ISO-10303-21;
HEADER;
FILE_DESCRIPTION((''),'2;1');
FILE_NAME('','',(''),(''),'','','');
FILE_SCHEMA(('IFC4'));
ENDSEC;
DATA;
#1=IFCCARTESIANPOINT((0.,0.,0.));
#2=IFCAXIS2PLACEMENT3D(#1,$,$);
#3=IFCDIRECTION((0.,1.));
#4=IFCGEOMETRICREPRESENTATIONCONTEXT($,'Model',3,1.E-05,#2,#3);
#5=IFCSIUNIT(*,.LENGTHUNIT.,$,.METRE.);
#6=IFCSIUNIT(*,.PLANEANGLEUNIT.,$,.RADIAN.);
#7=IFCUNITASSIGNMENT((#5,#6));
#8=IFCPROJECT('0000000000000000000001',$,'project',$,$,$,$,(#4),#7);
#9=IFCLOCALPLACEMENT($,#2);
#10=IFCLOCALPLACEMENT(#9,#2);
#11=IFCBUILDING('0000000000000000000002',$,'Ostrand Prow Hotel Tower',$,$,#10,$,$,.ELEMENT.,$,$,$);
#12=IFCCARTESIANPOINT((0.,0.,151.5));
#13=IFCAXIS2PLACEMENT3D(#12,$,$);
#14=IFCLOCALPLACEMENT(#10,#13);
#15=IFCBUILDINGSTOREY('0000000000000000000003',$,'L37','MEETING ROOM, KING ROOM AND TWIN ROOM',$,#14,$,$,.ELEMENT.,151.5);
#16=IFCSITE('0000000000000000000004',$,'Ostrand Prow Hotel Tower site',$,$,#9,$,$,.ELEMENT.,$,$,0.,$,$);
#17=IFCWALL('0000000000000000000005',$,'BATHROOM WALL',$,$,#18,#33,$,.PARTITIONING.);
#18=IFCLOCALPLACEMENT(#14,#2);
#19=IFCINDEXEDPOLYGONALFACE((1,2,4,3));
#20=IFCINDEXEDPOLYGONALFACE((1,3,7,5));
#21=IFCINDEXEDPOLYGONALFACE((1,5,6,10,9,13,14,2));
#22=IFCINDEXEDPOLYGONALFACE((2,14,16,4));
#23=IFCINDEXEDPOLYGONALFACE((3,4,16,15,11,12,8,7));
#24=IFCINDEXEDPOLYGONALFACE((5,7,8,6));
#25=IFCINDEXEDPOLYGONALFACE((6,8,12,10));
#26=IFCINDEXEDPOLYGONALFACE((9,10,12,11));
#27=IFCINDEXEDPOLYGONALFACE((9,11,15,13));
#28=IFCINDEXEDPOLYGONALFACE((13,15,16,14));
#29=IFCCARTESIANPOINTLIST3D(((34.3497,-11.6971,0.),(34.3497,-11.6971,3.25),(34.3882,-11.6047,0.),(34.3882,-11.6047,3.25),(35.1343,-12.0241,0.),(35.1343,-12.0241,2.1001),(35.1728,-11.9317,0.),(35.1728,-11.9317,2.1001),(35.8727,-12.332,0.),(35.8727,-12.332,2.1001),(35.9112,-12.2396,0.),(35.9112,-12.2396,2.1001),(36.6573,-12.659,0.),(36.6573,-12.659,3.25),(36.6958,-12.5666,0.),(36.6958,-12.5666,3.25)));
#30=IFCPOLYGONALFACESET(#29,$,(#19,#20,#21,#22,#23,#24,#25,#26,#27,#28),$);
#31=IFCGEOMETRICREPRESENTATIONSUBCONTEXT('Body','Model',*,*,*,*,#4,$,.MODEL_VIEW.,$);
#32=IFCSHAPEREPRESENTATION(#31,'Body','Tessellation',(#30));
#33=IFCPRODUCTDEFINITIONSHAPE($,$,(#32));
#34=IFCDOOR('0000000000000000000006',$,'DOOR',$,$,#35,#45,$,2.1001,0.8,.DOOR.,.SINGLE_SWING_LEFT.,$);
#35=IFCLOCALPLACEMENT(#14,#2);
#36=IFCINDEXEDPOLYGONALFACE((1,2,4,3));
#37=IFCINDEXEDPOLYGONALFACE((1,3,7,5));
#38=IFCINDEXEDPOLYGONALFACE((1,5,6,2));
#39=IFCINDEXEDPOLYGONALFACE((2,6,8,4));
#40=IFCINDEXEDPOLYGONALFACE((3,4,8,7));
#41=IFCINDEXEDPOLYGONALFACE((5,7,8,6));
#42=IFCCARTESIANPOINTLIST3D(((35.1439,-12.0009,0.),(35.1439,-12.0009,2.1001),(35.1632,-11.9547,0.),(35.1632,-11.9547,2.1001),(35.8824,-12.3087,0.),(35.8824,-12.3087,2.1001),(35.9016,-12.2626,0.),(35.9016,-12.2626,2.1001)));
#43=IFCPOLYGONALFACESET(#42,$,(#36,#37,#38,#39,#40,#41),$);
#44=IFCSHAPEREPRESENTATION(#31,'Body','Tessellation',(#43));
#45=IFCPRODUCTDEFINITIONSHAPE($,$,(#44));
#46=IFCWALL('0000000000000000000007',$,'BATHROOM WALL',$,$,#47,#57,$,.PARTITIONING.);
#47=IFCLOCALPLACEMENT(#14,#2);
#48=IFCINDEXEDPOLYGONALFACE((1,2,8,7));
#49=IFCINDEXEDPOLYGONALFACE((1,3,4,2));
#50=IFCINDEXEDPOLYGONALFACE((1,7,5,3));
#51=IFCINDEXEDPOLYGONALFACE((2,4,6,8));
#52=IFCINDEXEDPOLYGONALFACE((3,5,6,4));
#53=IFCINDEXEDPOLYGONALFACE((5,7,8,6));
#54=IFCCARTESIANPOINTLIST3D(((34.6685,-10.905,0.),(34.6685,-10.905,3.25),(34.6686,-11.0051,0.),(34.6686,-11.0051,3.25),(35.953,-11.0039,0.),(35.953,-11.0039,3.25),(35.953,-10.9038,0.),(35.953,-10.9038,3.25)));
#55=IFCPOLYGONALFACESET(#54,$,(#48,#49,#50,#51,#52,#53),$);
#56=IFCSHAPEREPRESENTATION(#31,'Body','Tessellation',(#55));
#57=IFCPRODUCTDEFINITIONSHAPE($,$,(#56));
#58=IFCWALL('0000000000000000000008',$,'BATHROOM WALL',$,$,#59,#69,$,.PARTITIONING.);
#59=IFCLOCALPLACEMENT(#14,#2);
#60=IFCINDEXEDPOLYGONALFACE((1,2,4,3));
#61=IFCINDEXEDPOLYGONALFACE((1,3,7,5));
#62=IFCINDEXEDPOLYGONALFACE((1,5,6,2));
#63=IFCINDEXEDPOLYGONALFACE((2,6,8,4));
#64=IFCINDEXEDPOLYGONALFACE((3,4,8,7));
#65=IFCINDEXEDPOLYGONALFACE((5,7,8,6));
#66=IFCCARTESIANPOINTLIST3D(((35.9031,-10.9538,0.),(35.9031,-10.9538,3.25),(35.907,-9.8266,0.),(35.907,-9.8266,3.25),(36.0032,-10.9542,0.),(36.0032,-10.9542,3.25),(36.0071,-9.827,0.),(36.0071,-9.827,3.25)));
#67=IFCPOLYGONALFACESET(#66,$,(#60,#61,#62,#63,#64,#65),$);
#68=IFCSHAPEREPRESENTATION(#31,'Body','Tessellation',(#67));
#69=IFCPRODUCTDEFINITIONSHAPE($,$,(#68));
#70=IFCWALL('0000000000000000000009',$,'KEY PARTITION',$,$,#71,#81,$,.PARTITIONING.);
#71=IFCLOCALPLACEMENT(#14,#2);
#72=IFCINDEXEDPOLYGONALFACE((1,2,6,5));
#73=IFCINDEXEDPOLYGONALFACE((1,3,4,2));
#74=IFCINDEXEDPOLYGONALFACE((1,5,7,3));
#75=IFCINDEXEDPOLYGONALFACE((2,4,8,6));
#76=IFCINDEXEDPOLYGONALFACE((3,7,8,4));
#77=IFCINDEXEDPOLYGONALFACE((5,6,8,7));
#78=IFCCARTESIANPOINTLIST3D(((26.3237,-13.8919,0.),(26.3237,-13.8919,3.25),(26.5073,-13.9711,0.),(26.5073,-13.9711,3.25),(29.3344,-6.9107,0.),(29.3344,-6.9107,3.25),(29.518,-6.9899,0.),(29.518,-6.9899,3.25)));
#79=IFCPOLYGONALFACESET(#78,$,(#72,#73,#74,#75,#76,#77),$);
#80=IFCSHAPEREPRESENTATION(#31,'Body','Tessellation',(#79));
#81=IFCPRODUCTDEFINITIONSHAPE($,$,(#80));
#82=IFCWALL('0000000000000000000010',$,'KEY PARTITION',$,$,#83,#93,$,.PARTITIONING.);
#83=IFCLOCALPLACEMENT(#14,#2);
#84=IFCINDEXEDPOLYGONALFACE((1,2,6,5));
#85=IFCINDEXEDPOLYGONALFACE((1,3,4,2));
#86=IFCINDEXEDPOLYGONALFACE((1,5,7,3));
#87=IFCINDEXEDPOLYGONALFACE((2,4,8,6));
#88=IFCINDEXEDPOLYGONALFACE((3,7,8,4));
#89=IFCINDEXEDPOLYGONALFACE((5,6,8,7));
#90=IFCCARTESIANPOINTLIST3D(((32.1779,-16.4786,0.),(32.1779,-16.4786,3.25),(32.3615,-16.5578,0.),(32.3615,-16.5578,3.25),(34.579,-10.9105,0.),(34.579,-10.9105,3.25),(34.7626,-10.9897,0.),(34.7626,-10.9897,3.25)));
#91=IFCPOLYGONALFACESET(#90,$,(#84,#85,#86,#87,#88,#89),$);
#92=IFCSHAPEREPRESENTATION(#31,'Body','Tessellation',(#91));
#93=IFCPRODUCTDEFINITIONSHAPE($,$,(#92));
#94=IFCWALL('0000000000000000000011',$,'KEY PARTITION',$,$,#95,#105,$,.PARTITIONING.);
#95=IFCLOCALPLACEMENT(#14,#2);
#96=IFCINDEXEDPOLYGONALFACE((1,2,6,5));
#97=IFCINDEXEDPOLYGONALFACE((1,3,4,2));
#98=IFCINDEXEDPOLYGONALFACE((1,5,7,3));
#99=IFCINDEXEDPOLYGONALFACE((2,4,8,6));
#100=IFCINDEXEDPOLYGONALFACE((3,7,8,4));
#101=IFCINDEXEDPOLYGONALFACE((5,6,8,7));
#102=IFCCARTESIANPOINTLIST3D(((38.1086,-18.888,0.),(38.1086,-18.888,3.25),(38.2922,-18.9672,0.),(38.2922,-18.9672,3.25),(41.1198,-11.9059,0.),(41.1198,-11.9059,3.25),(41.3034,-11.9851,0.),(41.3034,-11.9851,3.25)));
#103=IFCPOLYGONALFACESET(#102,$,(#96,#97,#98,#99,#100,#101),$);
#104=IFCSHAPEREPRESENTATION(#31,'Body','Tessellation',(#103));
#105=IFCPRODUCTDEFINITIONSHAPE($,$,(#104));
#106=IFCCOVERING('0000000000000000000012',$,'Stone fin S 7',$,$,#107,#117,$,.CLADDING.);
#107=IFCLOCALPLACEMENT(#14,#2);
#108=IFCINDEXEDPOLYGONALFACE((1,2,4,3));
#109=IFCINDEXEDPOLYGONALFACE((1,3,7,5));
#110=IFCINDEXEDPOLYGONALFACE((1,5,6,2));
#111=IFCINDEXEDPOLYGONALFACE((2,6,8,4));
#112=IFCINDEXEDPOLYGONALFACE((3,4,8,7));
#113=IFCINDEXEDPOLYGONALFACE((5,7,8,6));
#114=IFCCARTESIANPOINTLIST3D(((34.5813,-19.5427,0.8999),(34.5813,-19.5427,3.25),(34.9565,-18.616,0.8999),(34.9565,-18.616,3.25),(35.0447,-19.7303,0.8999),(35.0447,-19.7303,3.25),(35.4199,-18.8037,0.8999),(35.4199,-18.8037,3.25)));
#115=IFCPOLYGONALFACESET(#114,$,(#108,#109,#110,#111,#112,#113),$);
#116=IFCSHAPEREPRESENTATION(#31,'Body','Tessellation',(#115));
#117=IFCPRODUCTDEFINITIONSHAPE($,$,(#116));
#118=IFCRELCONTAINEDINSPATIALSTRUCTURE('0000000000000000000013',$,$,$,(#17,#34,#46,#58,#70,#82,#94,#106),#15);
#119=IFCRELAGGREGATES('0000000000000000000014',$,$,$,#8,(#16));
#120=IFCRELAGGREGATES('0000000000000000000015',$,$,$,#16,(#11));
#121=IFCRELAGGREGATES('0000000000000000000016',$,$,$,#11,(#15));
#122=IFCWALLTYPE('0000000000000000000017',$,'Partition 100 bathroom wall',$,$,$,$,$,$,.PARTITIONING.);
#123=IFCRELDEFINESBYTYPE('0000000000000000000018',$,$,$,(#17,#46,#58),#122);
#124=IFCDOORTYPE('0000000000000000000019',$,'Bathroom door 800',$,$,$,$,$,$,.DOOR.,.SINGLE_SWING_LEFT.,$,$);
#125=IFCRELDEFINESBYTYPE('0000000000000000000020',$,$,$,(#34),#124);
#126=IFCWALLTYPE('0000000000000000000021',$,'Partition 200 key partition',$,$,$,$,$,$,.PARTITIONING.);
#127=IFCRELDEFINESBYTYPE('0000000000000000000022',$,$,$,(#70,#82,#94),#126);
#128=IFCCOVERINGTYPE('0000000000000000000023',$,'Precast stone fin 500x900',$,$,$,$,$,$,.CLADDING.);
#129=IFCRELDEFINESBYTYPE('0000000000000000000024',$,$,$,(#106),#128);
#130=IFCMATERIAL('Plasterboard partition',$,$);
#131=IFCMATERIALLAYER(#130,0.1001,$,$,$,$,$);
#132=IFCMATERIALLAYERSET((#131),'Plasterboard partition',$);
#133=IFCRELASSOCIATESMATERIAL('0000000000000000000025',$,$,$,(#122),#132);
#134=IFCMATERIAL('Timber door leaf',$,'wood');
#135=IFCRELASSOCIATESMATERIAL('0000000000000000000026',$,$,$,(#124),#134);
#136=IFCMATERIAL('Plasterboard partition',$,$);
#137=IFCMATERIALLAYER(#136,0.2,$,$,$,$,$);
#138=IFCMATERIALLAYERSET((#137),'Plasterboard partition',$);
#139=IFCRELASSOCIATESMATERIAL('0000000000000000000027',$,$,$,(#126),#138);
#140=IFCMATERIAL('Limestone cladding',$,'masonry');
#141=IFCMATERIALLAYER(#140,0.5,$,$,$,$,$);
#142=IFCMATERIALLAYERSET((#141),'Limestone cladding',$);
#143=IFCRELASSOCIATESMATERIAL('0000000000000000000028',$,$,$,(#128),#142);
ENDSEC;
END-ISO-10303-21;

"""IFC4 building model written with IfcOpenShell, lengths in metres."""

from ifc_helpers import new_model, si_unit, direction, frame, frame_2d, origin, place, context, subcontext, project, spatial, rectangle, extrude, material, layer, layer_set, type_object, element, fill, save


model = new_model("IFC4")

# Units and contexts
model_context = context("Model", 3, precision=1e-05, world=origin(), true_north=direction((0.0, 1.0)))
body_context = subcontext(model_context, "Body", "Model", "MODEL_VIEW")
ifc_project = project(units=[si_unit("LENGTHUNIT", "METRE"), si_unit("PLANEANGLEUNIT", "RADIAN")], contexts=[model_context])

# Site, building, storey
site_placement = place(None, origin())
site = spatial("IfcSite", under=ifc_project, at=site_placement, Name="Ostrand Prow Hotel Tower site", CompositionType="ELEMENT", RefElevation=0.0)
building_placement = place(site_placement, origin())
building = spatial("IfcBuilding", under=site, at=building_placement, Name="Ostrand Prow Hotel Tower", CompositionType="ELEMENT")
storey_placement = place(building_placement, frame((0.0, 0.0, 151.5)))
storey = spatial("IfcBuildingStorey", under=building, at=storey_placement, Name="L37", Description="MEETING ROOM, KING ROOM AND TWIN ROOM", CompositionType="ELEMENT", Elevation=151.5)

# Wall, opening, door
ifc_material_1 = material(Name="Plasterboard partition")
ifc_layer_1 = layer(ifc_material_1, 0.1001)
ifc_layer_set_1 = layer_set([ifc_layer_1], Name="Plasterboard partition")
wall_type_1 = type_object("IfcWallType", Name="Partition 100 bathroom wall", PredefinedType="PARTITIONING", material=ifc_layer_set_1)
wall_1_placement = place(storey_placement, frame((36.6765, -12.6128, 0.0), z_axis=(0.0, 0.0, 1.0), x_axis=(-0.923019, 0.384754, 0.0)))
wall_1 = element("IfcWall", 1, at=wall_1_placement, inside=storey, type_object=wall_type_1, Name="BATHROOM WALL", PredefinedType="PARTITIONING", context=body_context, shape_type="SweptSolid", body=[
    extrude(rectangle(XDim=2.5, YDim=0.1001, at=frame_2d((1.25, 0.0))), origin(), (0.0, 0.0, 1.0), 3.25),
])
opening_placement = place(wall_1_placement, frame((0.8501, 0.0, 0.0)))
opening = element("IfcOpeningElement", 2, at=opening_placement, cuts=wall_1, PredefinedType="OPENING", context=body_context, shape_type="SweptSolid", body=[
    extrude(rectangle(XDim=0.8, YDim=2.1001, at=frame_2d((0.3999, 1.05))), frame((0.0, 0.0601, 0.0), z_axis=(0.0, -1.0, 0.0), x_axis=(1.0, 0.0, 0.0)), (0.0, 0.0, 1.0), 0.1201),
])
ifc_material_2 = material(Name="Timber door leaf", Category="wood")
door_type = type_object("IfcDoorType", Name="Bathroom door 800", OperationType="SINGLE_SWING_LEFT", PredefinedType="DOOR", material=ifc_material_2)
door_placement = place(opening_placement, origin())
door = element("IfcDoor", 3, at=door_placement, inside=storey, type_object=door_type, Name="DOOR", OperationType="SINGLE_SWING_LEFT", OverallHeight=2.1001, OverallWidth=0.8, PredefinedType="DOOR", context=body_context, shape_type="SweptSolid", body=[
    extrude(rectangle(XDim=0.8, YDim=2.1001, at=frame_2d((0.3999, 1.05))), frame((0.0, 0.0249, 0.0), z_axis=(0.0, -1.0, 0.0), x_axis=(1.0, 0.0, 0.0)), (0.0, 0.0, 1.0), 0.05),
])
fill(opening, door)

# Walls
wall_2_placement = place(storey_placement, frame((34.6687, -10.9551, 0.0), z_axis=(0.0, 0.0, 1.0), x_axis=(1.0, 0.00095, 0.0)))
element("IfcWall", 4, at=wall_2_placement, inside=storey, type_object=wall_type_1, Name="BATHROOM WALL", PredefinedType="PARTITIONING", context=body_context, shape_type="SweptSolid", body=[
    extrude(rectangle(XDim=1.2844, YDim=0.1001, at=frame_2d((0.6421, 0.0))), origin(), (0.0, 0.0, 1.0), 3.25),
])
wall_3_placement = place(storey_placement, frame((35.9531, -10.9539, 0.0), z_axis=(0.0, 0.0, 1.0), x_axis=(0.003465, 0.999994, 0.0)))
element("IfcWall", 5, at=wall_3_placement, inside=storey, type_object=wall_type_1, Name="BATHROOM WALL", PredefinedType="PARTITIONING", context=body_context, shape_type="SweptSolid", body=[
    extrude(rectangle(XDim=1.1272, YDim=0.1001, at=frame_2d((0.5635, 0.0))), origin(), (0.0, 0.0, 1.0), 3.25),
])
ifc_material_3 = material(Name="Plasterboard partition")
ifc_layer_2 = layer(ifc_material_3, 0.2)
ifc_layer_set_2 = layer_set([ifc_layer_2], Name="Plasterboard partition")
wall_type_2 = type_object("IfcWallType", Name="Partition 200 key partition", PredefinedType="PARTITIONING", material=ifc_layer_set_2)
wall_4_placement = place(storey_placement, frame((26.4155, -13.9314, 0.0), z_axis=(0.0, 0.0, 1.0), x_axis=(0.396007, 0.918247, 0.0)))
element("IfcWall", 6, at=wall_4_placement, inside=storey, type_object=wall_type_2, Name="KEY PARTITION", PredefinedType="PARTITIONING", context=body_context, shape_type="SweptSolid", body=[
    extrude(rectangle(XDim=7.6028, YDim=0.2, at=frame_2d((3.8013, 0.0))), origin(), (0.0, 0.0, 1.0), 3.25),
])
wall_5_placement = place(storey_placement, frame((32.2698, -16.5181, 0.0), z_axis=(0.0, 0.0, 1.0), x_axis=(0.395979, 0.91826, 0.0)))
element("IfcWall", 7, at=wall_5_placement, inside=storey, type_object=wall_type_2, Name="KEY PARTITION", PredefinedType="PARTITIONING", context=body_context, shape_type="SweptSolid", body=[
    extrude(rectangle(XDim=6.0637, YDim=0.2, at=frame_2d((3.0317, 0.0))), origin(), (0.0, 0.0, 1.0), 3.25),
])
wall_6_placement = place(storey_placement, frame((38.2004, -18.9275, 0.0), z_axis=(0.0, 0.0, 1.0), x_axis=(0.396015, 0.918244, 0.0)))
element("IfcWall", 8, at=wall_6_placement, inside=storey, type_object=wall_type_2, Name="KEY PARTITION", PredefinedType="PARTITIONING", context=body_context, shape_type="SweptSolid", body=[
    extrude(rectangle(XDim=7.6038, YDim=0.2, at=frame_2d((3.8018, 0.0))), origin(), (0.0, 0.0, 1.0), 3.25),
])

# Covering
ifc_material_4 = material(Name="Limestone cladding", Category="masonry")
ifc_layer_3 = layer(ifc_material_4, 0.5)
ifc_layer_set_3 = layer_set([ifc_layer_3], Name="Limestone cladding")
covering_type = type_object("IfcCoveringType", Name="Precast stone fin 500x900", PredefinedType="CLADDING", material=ifc_layer_set_3)
covering_placement = place(storey_placement, frame((35.1882, -18.7097, 0.8999), z_axis=(0.0, 0.0, 1.0), x_axis=(-0.375303, -0.926902, 0.0)))
element("IfcCovering", 9, at=covering_placement, inside=storey, type_object=covering_type, Name="Stone fin S 7", PredefinedType="CLADDING", context=body_context, shape_type="SweptSolid", body=[
    extrude(rectangle(XDim=0.9998, YDim=0.5, at=frame_2d((0.5, 0.0))), origin(), (0.0, 0.0, 1.0), 2.3501),
])

save(model, "model.ifc")
